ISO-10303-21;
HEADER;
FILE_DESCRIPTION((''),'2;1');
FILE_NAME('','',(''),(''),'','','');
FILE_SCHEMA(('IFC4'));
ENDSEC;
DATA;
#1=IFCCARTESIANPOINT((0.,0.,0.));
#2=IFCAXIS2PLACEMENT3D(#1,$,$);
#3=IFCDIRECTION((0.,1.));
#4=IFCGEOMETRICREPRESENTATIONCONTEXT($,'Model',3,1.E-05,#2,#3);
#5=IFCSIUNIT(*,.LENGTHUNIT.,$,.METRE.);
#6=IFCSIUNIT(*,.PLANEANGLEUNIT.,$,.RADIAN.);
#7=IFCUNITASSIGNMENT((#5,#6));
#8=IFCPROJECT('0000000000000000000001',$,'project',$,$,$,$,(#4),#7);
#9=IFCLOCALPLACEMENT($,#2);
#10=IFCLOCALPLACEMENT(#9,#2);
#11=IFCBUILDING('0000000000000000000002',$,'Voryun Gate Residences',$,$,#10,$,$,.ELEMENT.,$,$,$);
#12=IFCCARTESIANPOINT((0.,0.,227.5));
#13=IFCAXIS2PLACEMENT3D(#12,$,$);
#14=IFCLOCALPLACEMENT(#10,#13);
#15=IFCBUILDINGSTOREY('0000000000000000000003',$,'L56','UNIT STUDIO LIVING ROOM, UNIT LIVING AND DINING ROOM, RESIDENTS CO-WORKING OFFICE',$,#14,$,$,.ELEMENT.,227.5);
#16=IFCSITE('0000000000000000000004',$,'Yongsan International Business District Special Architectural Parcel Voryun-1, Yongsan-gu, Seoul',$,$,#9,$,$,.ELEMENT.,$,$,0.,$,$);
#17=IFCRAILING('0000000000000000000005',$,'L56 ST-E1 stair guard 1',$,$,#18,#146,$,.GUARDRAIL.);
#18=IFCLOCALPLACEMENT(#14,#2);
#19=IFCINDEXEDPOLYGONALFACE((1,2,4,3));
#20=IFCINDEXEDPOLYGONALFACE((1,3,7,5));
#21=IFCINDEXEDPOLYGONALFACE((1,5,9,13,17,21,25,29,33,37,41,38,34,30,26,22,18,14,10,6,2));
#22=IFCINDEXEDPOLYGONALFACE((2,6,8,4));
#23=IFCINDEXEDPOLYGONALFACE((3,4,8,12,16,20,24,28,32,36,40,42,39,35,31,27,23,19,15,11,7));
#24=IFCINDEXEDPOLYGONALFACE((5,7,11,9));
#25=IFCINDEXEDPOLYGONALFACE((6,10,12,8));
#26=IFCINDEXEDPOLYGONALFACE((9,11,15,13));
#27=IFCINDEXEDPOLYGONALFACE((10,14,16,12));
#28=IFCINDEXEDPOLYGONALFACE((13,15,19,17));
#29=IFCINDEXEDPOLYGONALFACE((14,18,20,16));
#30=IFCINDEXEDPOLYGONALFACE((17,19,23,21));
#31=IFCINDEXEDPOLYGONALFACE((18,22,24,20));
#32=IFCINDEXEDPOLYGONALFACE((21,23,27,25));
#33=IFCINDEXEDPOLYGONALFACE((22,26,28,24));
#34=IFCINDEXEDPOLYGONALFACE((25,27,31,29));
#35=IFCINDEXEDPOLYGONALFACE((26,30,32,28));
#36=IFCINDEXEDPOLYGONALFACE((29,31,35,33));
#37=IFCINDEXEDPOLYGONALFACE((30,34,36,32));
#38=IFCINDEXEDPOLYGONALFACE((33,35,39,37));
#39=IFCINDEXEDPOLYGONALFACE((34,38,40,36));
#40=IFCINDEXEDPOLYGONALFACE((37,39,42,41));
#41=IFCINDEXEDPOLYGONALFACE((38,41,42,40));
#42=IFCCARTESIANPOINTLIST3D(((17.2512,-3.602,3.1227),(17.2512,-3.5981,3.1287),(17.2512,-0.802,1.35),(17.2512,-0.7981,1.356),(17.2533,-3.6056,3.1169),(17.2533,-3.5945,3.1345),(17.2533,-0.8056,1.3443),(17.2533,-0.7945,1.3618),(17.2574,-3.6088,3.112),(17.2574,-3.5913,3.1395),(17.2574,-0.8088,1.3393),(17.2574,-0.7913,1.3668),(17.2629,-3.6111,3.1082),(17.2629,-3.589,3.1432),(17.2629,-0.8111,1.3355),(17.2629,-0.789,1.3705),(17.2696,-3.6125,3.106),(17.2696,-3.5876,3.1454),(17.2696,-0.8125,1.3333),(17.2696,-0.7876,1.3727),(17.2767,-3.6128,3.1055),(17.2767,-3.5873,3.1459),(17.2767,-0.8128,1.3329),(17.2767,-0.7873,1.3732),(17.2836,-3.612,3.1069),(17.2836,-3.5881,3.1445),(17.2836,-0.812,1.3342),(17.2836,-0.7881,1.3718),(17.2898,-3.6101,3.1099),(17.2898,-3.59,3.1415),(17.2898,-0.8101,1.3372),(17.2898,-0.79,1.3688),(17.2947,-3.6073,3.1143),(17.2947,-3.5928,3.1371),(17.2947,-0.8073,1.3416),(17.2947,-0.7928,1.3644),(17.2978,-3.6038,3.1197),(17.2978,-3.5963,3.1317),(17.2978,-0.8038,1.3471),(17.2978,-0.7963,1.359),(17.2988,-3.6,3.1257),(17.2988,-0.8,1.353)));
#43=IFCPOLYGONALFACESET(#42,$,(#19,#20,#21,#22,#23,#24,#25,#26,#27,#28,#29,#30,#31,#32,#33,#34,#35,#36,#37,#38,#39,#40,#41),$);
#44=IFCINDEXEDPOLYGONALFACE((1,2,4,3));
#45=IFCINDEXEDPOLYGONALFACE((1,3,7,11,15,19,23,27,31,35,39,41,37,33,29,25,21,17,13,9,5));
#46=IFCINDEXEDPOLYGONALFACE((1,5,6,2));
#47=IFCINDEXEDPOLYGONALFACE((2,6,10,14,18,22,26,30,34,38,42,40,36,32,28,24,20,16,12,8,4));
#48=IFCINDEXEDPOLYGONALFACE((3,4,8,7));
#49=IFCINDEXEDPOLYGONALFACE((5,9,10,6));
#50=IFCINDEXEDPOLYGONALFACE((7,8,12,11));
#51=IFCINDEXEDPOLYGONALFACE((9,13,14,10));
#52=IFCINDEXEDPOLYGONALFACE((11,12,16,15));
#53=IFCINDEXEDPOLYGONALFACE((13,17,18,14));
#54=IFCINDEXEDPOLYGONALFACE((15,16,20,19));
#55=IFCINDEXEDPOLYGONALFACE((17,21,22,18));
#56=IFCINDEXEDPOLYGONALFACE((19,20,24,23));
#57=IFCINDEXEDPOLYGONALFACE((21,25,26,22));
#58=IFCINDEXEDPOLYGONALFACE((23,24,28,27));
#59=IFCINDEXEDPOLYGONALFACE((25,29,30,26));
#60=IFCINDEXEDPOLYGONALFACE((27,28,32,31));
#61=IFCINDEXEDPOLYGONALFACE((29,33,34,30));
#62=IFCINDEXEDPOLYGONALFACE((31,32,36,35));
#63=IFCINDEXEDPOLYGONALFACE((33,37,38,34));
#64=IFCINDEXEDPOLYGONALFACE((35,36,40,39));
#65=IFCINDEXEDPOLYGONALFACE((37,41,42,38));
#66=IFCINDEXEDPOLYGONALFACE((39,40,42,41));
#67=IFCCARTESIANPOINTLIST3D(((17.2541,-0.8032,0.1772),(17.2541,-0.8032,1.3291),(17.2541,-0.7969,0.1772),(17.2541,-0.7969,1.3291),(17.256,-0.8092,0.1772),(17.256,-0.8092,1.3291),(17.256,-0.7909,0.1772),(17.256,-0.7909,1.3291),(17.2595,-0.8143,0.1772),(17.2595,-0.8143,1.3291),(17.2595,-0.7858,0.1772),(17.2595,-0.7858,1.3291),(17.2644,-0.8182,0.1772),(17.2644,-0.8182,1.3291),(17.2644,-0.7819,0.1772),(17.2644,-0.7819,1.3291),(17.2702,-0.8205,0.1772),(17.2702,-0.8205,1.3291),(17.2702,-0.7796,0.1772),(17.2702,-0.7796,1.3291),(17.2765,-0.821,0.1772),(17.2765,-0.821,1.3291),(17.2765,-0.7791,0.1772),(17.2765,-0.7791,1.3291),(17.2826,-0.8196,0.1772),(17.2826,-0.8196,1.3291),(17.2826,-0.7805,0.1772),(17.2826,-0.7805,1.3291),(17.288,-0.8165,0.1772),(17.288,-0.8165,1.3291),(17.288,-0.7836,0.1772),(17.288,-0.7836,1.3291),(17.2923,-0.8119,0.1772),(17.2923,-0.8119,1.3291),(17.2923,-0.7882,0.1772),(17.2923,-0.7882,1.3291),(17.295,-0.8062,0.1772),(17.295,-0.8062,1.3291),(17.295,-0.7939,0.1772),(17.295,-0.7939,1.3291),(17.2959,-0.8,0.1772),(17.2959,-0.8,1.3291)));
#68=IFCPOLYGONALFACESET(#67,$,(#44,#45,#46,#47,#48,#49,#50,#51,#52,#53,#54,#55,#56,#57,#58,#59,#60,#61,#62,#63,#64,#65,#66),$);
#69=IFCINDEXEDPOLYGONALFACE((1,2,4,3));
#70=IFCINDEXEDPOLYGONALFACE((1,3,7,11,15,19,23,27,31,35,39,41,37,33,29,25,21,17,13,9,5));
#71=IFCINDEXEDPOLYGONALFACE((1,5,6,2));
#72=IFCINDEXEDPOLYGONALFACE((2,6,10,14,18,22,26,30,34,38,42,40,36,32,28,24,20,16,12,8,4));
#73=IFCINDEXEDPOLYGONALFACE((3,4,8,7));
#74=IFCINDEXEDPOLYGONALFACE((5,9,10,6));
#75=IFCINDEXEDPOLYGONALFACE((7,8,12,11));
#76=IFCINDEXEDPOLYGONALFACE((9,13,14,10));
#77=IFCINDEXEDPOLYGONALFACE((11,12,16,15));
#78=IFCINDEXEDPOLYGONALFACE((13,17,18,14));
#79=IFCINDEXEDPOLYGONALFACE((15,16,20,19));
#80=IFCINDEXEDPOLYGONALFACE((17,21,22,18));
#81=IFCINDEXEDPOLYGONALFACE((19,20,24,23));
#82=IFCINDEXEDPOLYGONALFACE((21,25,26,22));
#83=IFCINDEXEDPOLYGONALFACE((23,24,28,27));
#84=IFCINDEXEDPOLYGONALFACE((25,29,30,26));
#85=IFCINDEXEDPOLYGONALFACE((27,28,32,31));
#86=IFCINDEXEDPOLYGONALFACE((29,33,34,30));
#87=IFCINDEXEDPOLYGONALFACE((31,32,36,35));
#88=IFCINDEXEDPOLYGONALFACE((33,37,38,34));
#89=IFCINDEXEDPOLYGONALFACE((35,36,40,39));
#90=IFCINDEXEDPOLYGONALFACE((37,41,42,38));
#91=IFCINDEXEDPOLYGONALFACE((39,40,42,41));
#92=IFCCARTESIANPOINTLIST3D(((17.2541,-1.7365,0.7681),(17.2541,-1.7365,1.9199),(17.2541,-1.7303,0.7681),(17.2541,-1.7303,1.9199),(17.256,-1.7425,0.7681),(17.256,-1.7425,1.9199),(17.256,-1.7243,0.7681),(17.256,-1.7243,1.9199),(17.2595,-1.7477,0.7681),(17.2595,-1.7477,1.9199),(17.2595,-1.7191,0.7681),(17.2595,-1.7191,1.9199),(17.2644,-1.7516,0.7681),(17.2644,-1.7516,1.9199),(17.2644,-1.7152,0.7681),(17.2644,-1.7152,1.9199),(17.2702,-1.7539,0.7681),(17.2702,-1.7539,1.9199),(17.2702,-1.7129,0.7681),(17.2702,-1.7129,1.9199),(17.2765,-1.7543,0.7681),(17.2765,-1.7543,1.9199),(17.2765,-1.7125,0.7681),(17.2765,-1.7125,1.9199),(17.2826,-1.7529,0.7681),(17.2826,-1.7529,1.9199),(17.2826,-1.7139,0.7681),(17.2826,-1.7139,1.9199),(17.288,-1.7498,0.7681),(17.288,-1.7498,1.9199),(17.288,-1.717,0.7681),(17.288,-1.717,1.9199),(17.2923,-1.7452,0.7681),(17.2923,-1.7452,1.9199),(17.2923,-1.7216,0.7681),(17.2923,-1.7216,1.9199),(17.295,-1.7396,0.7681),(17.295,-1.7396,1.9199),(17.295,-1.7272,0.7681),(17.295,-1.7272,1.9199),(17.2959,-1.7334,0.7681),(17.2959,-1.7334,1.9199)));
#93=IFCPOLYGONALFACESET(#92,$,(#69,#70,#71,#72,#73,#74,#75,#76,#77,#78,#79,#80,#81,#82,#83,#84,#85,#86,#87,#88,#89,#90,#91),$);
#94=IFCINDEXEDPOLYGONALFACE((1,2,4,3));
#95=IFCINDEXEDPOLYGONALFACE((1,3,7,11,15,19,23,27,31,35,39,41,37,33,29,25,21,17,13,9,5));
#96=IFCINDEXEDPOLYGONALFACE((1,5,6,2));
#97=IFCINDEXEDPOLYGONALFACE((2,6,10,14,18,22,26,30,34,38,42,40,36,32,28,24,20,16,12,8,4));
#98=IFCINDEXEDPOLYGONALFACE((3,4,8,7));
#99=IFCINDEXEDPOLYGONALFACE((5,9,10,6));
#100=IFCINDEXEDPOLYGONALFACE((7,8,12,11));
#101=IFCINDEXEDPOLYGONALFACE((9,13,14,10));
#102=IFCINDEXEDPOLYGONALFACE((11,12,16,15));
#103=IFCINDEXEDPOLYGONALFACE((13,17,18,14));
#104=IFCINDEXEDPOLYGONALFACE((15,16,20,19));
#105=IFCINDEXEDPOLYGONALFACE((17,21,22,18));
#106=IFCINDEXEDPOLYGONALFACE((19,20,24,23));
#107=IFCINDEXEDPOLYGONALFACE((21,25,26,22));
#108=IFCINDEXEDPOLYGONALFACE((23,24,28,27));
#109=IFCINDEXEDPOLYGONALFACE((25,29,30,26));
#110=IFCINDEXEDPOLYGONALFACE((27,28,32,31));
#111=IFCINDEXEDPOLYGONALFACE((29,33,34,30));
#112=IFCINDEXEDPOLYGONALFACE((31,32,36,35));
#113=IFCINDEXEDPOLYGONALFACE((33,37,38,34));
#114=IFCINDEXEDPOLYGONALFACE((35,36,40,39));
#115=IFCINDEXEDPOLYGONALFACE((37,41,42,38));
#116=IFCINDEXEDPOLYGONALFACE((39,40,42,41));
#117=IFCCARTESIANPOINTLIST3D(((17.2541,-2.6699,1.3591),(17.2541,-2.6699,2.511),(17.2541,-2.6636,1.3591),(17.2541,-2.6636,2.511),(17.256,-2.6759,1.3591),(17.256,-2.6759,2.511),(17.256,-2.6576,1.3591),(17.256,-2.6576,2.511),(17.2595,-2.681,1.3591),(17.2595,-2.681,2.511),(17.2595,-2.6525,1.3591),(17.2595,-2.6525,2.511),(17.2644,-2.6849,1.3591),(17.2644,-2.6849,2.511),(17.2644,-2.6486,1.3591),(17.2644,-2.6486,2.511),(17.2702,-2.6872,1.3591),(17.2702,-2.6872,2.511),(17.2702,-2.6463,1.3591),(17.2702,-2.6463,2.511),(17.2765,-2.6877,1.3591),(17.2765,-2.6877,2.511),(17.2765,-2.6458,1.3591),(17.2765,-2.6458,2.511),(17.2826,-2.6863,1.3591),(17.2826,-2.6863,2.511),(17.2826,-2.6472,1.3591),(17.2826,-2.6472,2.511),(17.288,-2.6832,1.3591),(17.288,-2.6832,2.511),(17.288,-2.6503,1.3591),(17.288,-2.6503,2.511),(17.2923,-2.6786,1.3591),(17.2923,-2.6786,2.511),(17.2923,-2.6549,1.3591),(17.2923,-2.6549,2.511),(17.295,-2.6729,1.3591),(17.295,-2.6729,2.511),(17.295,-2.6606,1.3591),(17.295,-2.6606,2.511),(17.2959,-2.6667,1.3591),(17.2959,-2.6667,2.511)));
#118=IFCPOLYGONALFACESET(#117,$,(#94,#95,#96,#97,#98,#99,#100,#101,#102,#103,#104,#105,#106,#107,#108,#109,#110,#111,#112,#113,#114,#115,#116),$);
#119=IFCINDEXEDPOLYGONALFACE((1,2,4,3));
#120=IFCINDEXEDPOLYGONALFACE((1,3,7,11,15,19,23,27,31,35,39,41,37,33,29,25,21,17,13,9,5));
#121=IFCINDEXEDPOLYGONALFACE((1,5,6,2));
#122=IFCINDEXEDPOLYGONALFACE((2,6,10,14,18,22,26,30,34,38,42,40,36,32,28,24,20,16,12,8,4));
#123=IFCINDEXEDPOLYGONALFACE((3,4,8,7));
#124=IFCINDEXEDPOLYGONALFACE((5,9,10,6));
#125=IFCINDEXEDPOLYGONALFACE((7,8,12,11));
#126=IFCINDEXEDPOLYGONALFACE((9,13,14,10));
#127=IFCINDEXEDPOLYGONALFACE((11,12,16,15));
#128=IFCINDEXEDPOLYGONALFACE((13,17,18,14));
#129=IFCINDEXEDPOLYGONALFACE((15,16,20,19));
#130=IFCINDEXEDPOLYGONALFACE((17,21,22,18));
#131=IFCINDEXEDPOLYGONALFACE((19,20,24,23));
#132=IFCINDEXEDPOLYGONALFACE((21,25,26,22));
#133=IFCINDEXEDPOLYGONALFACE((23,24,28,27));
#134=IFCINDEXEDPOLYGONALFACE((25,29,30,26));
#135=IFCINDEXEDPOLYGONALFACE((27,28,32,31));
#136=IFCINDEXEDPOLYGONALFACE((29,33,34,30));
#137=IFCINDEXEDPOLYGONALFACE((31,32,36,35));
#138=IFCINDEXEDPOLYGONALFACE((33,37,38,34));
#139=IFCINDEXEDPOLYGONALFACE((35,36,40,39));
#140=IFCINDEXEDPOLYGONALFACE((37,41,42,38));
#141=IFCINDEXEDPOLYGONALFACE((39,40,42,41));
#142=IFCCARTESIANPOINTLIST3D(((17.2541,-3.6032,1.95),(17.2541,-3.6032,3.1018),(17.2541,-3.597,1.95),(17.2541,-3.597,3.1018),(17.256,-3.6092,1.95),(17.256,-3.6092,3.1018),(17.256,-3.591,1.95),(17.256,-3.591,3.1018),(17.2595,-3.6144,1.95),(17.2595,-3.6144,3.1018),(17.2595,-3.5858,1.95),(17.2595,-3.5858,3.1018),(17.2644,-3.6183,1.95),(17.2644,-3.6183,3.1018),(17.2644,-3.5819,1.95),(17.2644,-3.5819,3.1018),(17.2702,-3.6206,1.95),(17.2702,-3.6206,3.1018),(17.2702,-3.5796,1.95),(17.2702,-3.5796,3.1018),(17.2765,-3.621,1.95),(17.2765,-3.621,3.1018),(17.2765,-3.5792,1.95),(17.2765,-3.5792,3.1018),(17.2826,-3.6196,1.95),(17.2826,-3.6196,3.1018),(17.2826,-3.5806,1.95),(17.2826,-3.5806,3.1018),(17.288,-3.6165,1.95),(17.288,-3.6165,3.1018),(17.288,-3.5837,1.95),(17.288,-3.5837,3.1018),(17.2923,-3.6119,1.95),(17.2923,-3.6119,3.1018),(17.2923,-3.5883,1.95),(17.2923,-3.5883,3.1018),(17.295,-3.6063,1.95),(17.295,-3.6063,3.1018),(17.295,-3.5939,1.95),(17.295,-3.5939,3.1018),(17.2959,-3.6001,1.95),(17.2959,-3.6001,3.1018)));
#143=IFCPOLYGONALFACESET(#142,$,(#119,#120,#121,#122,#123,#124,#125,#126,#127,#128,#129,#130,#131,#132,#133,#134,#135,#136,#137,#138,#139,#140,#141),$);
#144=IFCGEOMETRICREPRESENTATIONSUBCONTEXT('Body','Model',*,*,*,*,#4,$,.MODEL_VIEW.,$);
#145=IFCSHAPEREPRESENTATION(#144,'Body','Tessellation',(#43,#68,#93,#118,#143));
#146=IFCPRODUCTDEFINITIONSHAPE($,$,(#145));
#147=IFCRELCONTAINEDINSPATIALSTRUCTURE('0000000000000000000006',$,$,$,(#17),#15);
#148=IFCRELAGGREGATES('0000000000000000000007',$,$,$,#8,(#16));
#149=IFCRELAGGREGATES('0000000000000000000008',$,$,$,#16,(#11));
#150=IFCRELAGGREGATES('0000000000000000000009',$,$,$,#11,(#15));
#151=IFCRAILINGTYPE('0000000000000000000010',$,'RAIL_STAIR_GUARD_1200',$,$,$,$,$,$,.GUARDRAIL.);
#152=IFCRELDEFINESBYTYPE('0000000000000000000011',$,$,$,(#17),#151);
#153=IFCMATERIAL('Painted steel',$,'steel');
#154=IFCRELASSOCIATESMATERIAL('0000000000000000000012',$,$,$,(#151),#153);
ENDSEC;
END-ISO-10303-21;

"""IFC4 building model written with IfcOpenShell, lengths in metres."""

from ifc_helpers import new_model, si_unit, direction, frame, origin, origin_2d, place, context, subcontext, project, spatial, circle, extrude, material, type_object, element, save


model = new_model("IFC4")

# Units and contexts
model_context = context("Model", 3, precision=1e-05, world=origin(), true_north=direction((0.0, 1.0)))
body_context = subcontext(model_context, "Body", "Model", "MODEL_VIEW")
ifc_project = project(units=[si_unit("LENGTHUNIT", "METRE"), si_unit("PLANEANGLEUNIT", "RADIAN")], contexts=[model_context])

# Site, building, storey
site_placement = place(None, origin())
site = spatial("IfcSite", under=ifc_project, at=site_placement, Name="Yongsan International Business District Special Architectural Parcel Voryun-1, Yongsan-gu, Seoul", CompositionType="ELEMENT", RefElevation=0.0)
building_placement = place(site_placement, origin())
building = spatial("IfcBuilding", under=site, at=building_placement, Name="Voryun Gate Residences", CompositionType="ELEMENT")
storey_placement = place(building_placement, frame((0.0, 0.0, 227.5)))
storey = spatial("IfcBuildingStorey", under=building, at=storey_placement, Name="L56", Description="UNIT STUDIO LIVING ROOM, UNIT LIVING AND DINING ROOM, RESIDENTS CO-WORKING OFFICE", CompositionType="ELEMENT", Elevation=227.5)

# Railing
ifc_material_1 = material(Name="Painted steel", Category="steel")
railing_type_1 = type_object("IfcRailingType", Name="RAIL_STAIR_GUARD_1200", PredefinedType="GUARDRAIL", material=ifc_material_1)
railing_1_placement = place(storey_placement, frame((17.2749, -0.8, 0.1772)))
element("IfcRailing", 1, at=railing_1_placement, inside=storey, type_object=railing_type_1, Name="L56 ST-E1 stair guard 1", PredefinedType="GUARDRAIL", context=body_context, shape_type="SweptSolid", body=[
    extrude(circle(Radius=0.0239, at=origin_2d()), frame((0.0, 0.0, 1.1758), z_axis=(0.0, -0.844909, 0.53491), x_axis=(1.0, 0.0, 0.0)), (0.0, 0.0, 1.0), 3.314),
    extrude(circle(Radius=0.021, at=origin_2d()), origin(), (0.0, 0.0, 1.0), 1.1519),
    extrude(circle(Radius=0.021, at=origin_2d()), frame((0.0, -0.9333, 0.5908)), (0.0, 0.0, 1.0), 1.1519),
    extrude(circle(Radius=0.021, at=origin_2d()), frame((0.0, -1.8667, 1.1819)), (0.0, 0.0, 1.0), 1.1519),
    extrude(circle(Radius=0.021, at=origin_2d()), frame((0.0, -2.8, 1.7727)), (0.0, 0.0, 1.0), 1.1519),
])

save(model, "model.ifc")
